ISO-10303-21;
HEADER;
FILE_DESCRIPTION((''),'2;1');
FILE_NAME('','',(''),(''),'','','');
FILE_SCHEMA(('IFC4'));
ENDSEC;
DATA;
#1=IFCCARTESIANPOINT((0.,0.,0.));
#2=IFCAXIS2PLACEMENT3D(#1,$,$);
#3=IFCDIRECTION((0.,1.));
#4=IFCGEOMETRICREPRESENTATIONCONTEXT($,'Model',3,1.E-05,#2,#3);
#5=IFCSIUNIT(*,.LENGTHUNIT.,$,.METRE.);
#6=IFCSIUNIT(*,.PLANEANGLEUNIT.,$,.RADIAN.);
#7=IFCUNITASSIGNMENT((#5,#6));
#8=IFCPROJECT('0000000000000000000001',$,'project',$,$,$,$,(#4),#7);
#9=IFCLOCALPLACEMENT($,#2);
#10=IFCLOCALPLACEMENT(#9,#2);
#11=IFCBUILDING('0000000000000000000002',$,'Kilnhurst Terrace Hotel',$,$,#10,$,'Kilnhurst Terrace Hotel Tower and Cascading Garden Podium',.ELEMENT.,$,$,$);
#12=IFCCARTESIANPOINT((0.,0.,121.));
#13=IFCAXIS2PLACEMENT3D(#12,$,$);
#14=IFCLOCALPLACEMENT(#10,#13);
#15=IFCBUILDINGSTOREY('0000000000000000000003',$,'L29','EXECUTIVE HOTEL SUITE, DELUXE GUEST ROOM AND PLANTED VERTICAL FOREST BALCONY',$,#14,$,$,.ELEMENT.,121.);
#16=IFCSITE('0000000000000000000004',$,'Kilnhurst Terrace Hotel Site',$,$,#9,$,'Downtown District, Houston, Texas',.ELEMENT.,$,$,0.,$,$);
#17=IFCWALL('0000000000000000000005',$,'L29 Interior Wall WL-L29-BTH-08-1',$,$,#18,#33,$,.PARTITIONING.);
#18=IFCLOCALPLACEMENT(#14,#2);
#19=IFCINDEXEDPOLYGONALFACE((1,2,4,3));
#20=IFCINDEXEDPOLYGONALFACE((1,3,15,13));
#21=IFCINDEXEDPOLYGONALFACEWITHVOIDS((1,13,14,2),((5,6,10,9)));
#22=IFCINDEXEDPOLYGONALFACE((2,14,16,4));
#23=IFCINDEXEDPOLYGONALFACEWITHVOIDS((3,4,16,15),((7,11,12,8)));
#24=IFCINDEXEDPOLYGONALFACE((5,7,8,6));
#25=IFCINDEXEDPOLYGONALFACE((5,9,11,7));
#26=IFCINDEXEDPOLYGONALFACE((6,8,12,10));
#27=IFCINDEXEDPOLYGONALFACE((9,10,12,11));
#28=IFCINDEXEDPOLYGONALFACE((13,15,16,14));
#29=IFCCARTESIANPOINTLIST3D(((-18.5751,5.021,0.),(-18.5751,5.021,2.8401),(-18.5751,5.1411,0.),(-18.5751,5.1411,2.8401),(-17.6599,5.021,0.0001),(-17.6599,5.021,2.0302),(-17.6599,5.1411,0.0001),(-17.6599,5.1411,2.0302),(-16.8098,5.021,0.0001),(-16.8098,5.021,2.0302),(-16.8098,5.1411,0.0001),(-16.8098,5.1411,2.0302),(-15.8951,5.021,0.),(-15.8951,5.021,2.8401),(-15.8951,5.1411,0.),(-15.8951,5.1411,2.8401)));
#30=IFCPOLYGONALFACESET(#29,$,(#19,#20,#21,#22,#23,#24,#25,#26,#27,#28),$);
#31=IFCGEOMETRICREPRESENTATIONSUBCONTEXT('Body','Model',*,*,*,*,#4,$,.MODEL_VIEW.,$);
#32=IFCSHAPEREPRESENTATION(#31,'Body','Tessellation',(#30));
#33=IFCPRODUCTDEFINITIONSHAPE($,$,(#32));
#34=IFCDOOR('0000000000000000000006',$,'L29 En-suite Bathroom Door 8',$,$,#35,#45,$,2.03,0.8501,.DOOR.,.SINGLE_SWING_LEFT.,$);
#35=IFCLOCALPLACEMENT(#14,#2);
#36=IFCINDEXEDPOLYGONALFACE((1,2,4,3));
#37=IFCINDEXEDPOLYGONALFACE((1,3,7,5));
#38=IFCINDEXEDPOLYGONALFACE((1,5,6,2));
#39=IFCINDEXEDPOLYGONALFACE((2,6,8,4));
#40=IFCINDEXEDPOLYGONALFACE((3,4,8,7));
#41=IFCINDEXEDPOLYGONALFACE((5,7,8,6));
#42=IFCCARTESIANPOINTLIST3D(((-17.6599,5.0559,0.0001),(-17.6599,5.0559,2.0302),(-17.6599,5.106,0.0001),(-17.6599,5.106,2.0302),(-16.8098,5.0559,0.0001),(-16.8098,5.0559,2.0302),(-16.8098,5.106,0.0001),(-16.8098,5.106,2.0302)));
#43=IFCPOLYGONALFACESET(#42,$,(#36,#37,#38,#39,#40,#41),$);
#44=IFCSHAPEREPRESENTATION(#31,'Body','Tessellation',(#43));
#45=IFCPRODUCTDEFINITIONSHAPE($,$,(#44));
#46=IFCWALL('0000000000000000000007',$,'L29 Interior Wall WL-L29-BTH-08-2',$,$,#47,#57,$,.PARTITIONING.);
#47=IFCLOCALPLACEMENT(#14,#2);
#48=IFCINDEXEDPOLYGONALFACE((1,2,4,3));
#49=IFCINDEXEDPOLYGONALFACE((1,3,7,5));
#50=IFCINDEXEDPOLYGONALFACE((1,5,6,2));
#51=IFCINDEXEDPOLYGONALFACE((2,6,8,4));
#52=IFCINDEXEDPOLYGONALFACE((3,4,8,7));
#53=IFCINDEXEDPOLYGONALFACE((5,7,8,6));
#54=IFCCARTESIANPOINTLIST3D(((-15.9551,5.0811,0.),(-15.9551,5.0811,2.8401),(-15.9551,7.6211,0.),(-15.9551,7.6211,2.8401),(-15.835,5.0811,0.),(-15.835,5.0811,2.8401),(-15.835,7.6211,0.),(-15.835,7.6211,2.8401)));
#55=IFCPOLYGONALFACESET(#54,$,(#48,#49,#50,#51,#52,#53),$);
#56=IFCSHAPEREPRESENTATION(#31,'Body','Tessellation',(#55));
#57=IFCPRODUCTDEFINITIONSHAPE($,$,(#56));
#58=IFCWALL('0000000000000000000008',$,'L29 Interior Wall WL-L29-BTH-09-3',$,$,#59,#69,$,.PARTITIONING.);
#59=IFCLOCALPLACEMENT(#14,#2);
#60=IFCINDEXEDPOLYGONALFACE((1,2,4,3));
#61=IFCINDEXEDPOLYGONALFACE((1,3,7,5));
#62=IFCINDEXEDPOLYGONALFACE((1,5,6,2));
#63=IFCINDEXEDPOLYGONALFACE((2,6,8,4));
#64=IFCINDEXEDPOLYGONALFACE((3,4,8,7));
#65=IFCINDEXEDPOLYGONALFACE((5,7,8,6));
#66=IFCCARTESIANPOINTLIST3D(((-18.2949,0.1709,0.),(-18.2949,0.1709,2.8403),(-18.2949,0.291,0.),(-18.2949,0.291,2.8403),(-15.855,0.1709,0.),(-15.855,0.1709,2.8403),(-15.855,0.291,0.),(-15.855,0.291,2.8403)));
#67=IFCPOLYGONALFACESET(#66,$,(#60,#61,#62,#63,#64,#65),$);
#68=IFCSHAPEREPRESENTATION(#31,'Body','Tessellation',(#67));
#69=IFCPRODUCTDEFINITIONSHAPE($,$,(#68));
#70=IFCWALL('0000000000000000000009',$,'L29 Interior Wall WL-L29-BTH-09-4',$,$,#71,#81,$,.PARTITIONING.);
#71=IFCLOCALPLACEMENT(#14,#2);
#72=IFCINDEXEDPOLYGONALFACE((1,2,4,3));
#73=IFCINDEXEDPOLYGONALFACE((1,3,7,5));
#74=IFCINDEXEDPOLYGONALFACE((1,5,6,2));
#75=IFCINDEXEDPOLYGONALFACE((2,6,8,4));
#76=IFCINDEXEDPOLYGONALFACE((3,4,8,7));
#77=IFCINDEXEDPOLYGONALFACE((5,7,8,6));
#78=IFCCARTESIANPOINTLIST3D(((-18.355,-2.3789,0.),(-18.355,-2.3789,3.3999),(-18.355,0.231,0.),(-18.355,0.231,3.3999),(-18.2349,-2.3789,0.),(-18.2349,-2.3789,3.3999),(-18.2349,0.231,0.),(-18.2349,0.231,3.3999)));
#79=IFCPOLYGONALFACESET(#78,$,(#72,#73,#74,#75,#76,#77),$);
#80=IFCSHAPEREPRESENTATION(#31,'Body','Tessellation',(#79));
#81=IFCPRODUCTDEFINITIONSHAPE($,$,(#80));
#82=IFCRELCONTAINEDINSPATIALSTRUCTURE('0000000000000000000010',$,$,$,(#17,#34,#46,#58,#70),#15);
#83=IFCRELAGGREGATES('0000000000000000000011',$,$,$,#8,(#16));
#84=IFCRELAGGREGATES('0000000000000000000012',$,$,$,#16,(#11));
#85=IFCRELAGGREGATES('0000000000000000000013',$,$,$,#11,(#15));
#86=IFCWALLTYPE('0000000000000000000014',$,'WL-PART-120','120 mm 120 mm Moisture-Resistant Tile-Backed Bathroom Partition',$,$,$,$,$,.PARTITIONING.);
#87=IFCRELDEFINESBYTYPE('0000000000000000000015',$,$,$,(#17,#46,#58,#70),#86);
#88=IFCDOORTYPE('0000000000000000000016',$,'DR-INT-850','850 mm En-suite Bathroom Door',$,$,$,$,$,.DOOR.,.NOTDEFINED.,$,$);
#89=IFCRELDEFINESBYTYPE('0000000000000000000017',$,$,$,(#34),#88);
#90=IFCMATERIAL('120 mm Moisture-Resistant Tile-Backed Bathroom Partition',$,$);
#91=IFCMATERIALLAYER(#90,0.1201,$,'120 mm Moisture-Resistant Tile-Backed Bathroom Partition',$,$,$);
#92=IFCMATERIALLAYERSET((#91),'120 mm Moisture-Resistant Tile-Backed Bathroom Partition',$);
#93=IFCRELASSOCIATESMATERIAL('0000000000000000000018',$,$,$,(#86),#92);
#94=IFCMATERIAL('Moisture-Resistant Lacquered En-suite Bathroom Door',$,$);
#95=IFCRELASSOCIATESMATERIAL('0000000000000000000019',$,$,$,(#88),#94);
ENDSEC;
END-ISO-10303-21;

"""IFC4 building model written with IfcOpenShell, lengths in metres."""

from ifc_helpers import new_model, si_unit, direction, frame, frame_2d, origin, place, context, subcontext, project, spatial, rectangle, extrude, material, layer, layer_set, type_object, element, fill, save


model = new_model("IFC4")

# Units and contexts
model_context = context("Model", 3, precision=1e-05, world=origin(), true_north=direction((0.0, 1.0)))
body_context = subcontext(model_context, "Body", "Model", "MODEL_VIEW")
ifc_project = project(units=[si_unit("LENGTHUNIT", "METRE"), si_unit("PLANEANGLEUNIT", "RADIAN")], contexts=[model_context])

# Site, building, storey
site_placement = place(None, origin())
site = spatial("IfcSite", under=ifc_project, at=site_placement, Name="Kilnhurst Terrace Hotel Site", LongName="Downtown District, Houston, Texas", CompositionType="ELEMENT", RefElevation=0.0)
building_placement = place(site_placement, origin())
building = spatial("IfcBuilding", under=site, at=building_placement, Name="Kilnhurst Terrace Hotel", LongName="Kilnhurst Terrace Hotel Tower and Cascading Garden Podium", CompositionType="ELEMENT")
storey_placement = place(building_placement, frame((0.0, 0.0, 121.0)))
storey = spatial("IfcBuildingStorey", under=building, at=storey_placement, Name="L29", Description="EXECUTIVE HOTEL SUITE, DELUXE GUEST ROOM AND PLANTED VERTICAL FOREST BALCONY", CompositionType="ELEMENT", Elevation=121.0)

# Wall, opening, door
ifc_material_1 = material(Name="120 mm Moisture-Resistant Tile-Backed Bathroom Partition")
ifc_layer_1 = layer(ifc_material_1, 0.1201, Name="120 mm Moisture-Resistant Tile-Backed Bathroom Partition")
ifc_layer_set_1 = layer_set([ifc_layer_1], Name="120 mm Moisture-Resistant Tile-Backed Bathroom Partition")
wall_type_1 = type_object("IfcWallType", Name="WL-PART-120", Description="120 mm 120 mm Moisture-Resistant Tile-Backed Bathroom Partition", PredefinedType="PARTITIONING", material=ifc_layer_set_1)
wall_1_placement = place(storey_placement, frame((-18.575, 5.0811, 0.0), z_axis=(0.0, 0.0, 1.0), x_axis=(1.0, 0.0, 0.0)))
wall_1 = element("IfcWall", 1, at=wall_1_placement, inside=storey, type_object=wall_type_1, Name="L29 Interior Wall WL-L29-BTH-08-1", PredefinedType="PARTITIONING", context=body_context, shape_type="SweptSolid", body=[
    extrude(rectangle(XDim=2.6799, YDim=0.1201, at=frame_2d((1.3398, 0.0))), origin(), (0.0, 0.0, 1.0), 2.8401),
])
opening_placement = place(wall_1_placement, frame((0.915, 0.0, 0.0)))
opening = element("IfcOpeningElement", 2, at=opening_placement, cuts=wall_1, PredefinedType="OPENING", context=body_context, shape_type="SweptSolid", body=[
    extrude(rectangle(XDim=0.8501, YDim=2.03, at=frame_2d((0.425, 1.0151))), frame((0.0, 0.0701, 0.0), z_axis=(0.0, -1.0, 0.0), x_axis=(1.0, 0.0, 0.0)), (0.0, 0.0, 1.0), 0.1401),
])
ifc_material_2 = material(Name="Moisture-Resistant Lacquered En-suite Bathroom Door")
door_type = type_object("IfcDoorType", Name="DR-INT-850", Description="850 mm En-suite Bathroom Door", OperationType="NOTDEFINED", PredefinedType="DOOR", material=ifc_material_2)
door_placement = place(opening_placement, origin())
door = element("IfcDoor", 3, at=door_placement, inside=storey, type_object=door_type, Name="L29 En-suite Bathroom Door 8", OperationType="SINGLE_SWING_LEFT", OverallHeight=2.03, OverallWidth=0.8501, PredefinedType="DOOR", context=body_context, shape_type="SweptSolid", body=[
    extrude(rectangle(XDim=0.8501, YDim=2.03, at=frame_2d((0.425, 1.0151))), frame((0.0, 0.0249, 0.0), z_axis=(0.0, -1.0, 0.0), x_axis=(1.0, 0.0, 0.0)), (0.0, 0.0, 1.0), 0.05),
])
fill(opening, door)

# Walls
wall_2_placement = place(storey_placement, frame((-15.895, 5.0811, 0.0), z_axis=(0.0, 0.0, 1.0), x_axis=(0.0, 1.0, 0.0)))
element("IfcWall", 4, at=wall_2_placement, inside=storey, type_object=wall_type_1, Name="L29 Interior Wall WL-L29-BTH-08-2", PredefinedType="PARTITIONING", context=body_context, shape_type="SweptSolid", body=[
    extrude(rectangle(XDim=2.54, YDim=0.1201, at=frame_2d((1.27, 0.0))), origin(), (0.0, 0.0, 1.0), 2.8401),
])
wall_3_placement = place(storey_placement, frame((-15.855, 0.231, 0.0), z_axis=(0.0, 0.0, 1.0), x_axis=(-1.0, 0.0, 0.0)))
element("IfcWall", 5, at=wall_3_placement, inside=storey, type_object=wall_type_1, Name="L29 Interior Wall WL-L29-BTH-09-3", PredefinedType="PARTITIONING", context=body_context, shape_type="SweptSolid", body=[
    extrude(rectangle(XDim=2.4399, YDim=0.1201, at=frame_2d((1.22, 0.0))), origin(), (0.0, 0.0, 1.0), 2.8403),
])
wall_4_placement = place(storey_placement, frame((-18.2949, 0.231, 0.0), z_axis=(0.0, 0.0, 1.0), x_axis=(0.0, -1.0, 0.0)))
element("IfcWall", 6, at=wall_4_placement, inside=storey, type_object=wall_type_1, Name="L29 Interior Wall WL-L29-BTH-09-4", PredefinedType="PARTITIONING", context=body_context, shape_type="SweptSolid", body=[
    extrude(rectangle(XDim=2.6099, YDim=0.1201, at=frame_2d((1.3049, 0.0))), origin(), (0.0, 0.0, 1.0), 3.3999),
])

save(model, "model.ifc")
